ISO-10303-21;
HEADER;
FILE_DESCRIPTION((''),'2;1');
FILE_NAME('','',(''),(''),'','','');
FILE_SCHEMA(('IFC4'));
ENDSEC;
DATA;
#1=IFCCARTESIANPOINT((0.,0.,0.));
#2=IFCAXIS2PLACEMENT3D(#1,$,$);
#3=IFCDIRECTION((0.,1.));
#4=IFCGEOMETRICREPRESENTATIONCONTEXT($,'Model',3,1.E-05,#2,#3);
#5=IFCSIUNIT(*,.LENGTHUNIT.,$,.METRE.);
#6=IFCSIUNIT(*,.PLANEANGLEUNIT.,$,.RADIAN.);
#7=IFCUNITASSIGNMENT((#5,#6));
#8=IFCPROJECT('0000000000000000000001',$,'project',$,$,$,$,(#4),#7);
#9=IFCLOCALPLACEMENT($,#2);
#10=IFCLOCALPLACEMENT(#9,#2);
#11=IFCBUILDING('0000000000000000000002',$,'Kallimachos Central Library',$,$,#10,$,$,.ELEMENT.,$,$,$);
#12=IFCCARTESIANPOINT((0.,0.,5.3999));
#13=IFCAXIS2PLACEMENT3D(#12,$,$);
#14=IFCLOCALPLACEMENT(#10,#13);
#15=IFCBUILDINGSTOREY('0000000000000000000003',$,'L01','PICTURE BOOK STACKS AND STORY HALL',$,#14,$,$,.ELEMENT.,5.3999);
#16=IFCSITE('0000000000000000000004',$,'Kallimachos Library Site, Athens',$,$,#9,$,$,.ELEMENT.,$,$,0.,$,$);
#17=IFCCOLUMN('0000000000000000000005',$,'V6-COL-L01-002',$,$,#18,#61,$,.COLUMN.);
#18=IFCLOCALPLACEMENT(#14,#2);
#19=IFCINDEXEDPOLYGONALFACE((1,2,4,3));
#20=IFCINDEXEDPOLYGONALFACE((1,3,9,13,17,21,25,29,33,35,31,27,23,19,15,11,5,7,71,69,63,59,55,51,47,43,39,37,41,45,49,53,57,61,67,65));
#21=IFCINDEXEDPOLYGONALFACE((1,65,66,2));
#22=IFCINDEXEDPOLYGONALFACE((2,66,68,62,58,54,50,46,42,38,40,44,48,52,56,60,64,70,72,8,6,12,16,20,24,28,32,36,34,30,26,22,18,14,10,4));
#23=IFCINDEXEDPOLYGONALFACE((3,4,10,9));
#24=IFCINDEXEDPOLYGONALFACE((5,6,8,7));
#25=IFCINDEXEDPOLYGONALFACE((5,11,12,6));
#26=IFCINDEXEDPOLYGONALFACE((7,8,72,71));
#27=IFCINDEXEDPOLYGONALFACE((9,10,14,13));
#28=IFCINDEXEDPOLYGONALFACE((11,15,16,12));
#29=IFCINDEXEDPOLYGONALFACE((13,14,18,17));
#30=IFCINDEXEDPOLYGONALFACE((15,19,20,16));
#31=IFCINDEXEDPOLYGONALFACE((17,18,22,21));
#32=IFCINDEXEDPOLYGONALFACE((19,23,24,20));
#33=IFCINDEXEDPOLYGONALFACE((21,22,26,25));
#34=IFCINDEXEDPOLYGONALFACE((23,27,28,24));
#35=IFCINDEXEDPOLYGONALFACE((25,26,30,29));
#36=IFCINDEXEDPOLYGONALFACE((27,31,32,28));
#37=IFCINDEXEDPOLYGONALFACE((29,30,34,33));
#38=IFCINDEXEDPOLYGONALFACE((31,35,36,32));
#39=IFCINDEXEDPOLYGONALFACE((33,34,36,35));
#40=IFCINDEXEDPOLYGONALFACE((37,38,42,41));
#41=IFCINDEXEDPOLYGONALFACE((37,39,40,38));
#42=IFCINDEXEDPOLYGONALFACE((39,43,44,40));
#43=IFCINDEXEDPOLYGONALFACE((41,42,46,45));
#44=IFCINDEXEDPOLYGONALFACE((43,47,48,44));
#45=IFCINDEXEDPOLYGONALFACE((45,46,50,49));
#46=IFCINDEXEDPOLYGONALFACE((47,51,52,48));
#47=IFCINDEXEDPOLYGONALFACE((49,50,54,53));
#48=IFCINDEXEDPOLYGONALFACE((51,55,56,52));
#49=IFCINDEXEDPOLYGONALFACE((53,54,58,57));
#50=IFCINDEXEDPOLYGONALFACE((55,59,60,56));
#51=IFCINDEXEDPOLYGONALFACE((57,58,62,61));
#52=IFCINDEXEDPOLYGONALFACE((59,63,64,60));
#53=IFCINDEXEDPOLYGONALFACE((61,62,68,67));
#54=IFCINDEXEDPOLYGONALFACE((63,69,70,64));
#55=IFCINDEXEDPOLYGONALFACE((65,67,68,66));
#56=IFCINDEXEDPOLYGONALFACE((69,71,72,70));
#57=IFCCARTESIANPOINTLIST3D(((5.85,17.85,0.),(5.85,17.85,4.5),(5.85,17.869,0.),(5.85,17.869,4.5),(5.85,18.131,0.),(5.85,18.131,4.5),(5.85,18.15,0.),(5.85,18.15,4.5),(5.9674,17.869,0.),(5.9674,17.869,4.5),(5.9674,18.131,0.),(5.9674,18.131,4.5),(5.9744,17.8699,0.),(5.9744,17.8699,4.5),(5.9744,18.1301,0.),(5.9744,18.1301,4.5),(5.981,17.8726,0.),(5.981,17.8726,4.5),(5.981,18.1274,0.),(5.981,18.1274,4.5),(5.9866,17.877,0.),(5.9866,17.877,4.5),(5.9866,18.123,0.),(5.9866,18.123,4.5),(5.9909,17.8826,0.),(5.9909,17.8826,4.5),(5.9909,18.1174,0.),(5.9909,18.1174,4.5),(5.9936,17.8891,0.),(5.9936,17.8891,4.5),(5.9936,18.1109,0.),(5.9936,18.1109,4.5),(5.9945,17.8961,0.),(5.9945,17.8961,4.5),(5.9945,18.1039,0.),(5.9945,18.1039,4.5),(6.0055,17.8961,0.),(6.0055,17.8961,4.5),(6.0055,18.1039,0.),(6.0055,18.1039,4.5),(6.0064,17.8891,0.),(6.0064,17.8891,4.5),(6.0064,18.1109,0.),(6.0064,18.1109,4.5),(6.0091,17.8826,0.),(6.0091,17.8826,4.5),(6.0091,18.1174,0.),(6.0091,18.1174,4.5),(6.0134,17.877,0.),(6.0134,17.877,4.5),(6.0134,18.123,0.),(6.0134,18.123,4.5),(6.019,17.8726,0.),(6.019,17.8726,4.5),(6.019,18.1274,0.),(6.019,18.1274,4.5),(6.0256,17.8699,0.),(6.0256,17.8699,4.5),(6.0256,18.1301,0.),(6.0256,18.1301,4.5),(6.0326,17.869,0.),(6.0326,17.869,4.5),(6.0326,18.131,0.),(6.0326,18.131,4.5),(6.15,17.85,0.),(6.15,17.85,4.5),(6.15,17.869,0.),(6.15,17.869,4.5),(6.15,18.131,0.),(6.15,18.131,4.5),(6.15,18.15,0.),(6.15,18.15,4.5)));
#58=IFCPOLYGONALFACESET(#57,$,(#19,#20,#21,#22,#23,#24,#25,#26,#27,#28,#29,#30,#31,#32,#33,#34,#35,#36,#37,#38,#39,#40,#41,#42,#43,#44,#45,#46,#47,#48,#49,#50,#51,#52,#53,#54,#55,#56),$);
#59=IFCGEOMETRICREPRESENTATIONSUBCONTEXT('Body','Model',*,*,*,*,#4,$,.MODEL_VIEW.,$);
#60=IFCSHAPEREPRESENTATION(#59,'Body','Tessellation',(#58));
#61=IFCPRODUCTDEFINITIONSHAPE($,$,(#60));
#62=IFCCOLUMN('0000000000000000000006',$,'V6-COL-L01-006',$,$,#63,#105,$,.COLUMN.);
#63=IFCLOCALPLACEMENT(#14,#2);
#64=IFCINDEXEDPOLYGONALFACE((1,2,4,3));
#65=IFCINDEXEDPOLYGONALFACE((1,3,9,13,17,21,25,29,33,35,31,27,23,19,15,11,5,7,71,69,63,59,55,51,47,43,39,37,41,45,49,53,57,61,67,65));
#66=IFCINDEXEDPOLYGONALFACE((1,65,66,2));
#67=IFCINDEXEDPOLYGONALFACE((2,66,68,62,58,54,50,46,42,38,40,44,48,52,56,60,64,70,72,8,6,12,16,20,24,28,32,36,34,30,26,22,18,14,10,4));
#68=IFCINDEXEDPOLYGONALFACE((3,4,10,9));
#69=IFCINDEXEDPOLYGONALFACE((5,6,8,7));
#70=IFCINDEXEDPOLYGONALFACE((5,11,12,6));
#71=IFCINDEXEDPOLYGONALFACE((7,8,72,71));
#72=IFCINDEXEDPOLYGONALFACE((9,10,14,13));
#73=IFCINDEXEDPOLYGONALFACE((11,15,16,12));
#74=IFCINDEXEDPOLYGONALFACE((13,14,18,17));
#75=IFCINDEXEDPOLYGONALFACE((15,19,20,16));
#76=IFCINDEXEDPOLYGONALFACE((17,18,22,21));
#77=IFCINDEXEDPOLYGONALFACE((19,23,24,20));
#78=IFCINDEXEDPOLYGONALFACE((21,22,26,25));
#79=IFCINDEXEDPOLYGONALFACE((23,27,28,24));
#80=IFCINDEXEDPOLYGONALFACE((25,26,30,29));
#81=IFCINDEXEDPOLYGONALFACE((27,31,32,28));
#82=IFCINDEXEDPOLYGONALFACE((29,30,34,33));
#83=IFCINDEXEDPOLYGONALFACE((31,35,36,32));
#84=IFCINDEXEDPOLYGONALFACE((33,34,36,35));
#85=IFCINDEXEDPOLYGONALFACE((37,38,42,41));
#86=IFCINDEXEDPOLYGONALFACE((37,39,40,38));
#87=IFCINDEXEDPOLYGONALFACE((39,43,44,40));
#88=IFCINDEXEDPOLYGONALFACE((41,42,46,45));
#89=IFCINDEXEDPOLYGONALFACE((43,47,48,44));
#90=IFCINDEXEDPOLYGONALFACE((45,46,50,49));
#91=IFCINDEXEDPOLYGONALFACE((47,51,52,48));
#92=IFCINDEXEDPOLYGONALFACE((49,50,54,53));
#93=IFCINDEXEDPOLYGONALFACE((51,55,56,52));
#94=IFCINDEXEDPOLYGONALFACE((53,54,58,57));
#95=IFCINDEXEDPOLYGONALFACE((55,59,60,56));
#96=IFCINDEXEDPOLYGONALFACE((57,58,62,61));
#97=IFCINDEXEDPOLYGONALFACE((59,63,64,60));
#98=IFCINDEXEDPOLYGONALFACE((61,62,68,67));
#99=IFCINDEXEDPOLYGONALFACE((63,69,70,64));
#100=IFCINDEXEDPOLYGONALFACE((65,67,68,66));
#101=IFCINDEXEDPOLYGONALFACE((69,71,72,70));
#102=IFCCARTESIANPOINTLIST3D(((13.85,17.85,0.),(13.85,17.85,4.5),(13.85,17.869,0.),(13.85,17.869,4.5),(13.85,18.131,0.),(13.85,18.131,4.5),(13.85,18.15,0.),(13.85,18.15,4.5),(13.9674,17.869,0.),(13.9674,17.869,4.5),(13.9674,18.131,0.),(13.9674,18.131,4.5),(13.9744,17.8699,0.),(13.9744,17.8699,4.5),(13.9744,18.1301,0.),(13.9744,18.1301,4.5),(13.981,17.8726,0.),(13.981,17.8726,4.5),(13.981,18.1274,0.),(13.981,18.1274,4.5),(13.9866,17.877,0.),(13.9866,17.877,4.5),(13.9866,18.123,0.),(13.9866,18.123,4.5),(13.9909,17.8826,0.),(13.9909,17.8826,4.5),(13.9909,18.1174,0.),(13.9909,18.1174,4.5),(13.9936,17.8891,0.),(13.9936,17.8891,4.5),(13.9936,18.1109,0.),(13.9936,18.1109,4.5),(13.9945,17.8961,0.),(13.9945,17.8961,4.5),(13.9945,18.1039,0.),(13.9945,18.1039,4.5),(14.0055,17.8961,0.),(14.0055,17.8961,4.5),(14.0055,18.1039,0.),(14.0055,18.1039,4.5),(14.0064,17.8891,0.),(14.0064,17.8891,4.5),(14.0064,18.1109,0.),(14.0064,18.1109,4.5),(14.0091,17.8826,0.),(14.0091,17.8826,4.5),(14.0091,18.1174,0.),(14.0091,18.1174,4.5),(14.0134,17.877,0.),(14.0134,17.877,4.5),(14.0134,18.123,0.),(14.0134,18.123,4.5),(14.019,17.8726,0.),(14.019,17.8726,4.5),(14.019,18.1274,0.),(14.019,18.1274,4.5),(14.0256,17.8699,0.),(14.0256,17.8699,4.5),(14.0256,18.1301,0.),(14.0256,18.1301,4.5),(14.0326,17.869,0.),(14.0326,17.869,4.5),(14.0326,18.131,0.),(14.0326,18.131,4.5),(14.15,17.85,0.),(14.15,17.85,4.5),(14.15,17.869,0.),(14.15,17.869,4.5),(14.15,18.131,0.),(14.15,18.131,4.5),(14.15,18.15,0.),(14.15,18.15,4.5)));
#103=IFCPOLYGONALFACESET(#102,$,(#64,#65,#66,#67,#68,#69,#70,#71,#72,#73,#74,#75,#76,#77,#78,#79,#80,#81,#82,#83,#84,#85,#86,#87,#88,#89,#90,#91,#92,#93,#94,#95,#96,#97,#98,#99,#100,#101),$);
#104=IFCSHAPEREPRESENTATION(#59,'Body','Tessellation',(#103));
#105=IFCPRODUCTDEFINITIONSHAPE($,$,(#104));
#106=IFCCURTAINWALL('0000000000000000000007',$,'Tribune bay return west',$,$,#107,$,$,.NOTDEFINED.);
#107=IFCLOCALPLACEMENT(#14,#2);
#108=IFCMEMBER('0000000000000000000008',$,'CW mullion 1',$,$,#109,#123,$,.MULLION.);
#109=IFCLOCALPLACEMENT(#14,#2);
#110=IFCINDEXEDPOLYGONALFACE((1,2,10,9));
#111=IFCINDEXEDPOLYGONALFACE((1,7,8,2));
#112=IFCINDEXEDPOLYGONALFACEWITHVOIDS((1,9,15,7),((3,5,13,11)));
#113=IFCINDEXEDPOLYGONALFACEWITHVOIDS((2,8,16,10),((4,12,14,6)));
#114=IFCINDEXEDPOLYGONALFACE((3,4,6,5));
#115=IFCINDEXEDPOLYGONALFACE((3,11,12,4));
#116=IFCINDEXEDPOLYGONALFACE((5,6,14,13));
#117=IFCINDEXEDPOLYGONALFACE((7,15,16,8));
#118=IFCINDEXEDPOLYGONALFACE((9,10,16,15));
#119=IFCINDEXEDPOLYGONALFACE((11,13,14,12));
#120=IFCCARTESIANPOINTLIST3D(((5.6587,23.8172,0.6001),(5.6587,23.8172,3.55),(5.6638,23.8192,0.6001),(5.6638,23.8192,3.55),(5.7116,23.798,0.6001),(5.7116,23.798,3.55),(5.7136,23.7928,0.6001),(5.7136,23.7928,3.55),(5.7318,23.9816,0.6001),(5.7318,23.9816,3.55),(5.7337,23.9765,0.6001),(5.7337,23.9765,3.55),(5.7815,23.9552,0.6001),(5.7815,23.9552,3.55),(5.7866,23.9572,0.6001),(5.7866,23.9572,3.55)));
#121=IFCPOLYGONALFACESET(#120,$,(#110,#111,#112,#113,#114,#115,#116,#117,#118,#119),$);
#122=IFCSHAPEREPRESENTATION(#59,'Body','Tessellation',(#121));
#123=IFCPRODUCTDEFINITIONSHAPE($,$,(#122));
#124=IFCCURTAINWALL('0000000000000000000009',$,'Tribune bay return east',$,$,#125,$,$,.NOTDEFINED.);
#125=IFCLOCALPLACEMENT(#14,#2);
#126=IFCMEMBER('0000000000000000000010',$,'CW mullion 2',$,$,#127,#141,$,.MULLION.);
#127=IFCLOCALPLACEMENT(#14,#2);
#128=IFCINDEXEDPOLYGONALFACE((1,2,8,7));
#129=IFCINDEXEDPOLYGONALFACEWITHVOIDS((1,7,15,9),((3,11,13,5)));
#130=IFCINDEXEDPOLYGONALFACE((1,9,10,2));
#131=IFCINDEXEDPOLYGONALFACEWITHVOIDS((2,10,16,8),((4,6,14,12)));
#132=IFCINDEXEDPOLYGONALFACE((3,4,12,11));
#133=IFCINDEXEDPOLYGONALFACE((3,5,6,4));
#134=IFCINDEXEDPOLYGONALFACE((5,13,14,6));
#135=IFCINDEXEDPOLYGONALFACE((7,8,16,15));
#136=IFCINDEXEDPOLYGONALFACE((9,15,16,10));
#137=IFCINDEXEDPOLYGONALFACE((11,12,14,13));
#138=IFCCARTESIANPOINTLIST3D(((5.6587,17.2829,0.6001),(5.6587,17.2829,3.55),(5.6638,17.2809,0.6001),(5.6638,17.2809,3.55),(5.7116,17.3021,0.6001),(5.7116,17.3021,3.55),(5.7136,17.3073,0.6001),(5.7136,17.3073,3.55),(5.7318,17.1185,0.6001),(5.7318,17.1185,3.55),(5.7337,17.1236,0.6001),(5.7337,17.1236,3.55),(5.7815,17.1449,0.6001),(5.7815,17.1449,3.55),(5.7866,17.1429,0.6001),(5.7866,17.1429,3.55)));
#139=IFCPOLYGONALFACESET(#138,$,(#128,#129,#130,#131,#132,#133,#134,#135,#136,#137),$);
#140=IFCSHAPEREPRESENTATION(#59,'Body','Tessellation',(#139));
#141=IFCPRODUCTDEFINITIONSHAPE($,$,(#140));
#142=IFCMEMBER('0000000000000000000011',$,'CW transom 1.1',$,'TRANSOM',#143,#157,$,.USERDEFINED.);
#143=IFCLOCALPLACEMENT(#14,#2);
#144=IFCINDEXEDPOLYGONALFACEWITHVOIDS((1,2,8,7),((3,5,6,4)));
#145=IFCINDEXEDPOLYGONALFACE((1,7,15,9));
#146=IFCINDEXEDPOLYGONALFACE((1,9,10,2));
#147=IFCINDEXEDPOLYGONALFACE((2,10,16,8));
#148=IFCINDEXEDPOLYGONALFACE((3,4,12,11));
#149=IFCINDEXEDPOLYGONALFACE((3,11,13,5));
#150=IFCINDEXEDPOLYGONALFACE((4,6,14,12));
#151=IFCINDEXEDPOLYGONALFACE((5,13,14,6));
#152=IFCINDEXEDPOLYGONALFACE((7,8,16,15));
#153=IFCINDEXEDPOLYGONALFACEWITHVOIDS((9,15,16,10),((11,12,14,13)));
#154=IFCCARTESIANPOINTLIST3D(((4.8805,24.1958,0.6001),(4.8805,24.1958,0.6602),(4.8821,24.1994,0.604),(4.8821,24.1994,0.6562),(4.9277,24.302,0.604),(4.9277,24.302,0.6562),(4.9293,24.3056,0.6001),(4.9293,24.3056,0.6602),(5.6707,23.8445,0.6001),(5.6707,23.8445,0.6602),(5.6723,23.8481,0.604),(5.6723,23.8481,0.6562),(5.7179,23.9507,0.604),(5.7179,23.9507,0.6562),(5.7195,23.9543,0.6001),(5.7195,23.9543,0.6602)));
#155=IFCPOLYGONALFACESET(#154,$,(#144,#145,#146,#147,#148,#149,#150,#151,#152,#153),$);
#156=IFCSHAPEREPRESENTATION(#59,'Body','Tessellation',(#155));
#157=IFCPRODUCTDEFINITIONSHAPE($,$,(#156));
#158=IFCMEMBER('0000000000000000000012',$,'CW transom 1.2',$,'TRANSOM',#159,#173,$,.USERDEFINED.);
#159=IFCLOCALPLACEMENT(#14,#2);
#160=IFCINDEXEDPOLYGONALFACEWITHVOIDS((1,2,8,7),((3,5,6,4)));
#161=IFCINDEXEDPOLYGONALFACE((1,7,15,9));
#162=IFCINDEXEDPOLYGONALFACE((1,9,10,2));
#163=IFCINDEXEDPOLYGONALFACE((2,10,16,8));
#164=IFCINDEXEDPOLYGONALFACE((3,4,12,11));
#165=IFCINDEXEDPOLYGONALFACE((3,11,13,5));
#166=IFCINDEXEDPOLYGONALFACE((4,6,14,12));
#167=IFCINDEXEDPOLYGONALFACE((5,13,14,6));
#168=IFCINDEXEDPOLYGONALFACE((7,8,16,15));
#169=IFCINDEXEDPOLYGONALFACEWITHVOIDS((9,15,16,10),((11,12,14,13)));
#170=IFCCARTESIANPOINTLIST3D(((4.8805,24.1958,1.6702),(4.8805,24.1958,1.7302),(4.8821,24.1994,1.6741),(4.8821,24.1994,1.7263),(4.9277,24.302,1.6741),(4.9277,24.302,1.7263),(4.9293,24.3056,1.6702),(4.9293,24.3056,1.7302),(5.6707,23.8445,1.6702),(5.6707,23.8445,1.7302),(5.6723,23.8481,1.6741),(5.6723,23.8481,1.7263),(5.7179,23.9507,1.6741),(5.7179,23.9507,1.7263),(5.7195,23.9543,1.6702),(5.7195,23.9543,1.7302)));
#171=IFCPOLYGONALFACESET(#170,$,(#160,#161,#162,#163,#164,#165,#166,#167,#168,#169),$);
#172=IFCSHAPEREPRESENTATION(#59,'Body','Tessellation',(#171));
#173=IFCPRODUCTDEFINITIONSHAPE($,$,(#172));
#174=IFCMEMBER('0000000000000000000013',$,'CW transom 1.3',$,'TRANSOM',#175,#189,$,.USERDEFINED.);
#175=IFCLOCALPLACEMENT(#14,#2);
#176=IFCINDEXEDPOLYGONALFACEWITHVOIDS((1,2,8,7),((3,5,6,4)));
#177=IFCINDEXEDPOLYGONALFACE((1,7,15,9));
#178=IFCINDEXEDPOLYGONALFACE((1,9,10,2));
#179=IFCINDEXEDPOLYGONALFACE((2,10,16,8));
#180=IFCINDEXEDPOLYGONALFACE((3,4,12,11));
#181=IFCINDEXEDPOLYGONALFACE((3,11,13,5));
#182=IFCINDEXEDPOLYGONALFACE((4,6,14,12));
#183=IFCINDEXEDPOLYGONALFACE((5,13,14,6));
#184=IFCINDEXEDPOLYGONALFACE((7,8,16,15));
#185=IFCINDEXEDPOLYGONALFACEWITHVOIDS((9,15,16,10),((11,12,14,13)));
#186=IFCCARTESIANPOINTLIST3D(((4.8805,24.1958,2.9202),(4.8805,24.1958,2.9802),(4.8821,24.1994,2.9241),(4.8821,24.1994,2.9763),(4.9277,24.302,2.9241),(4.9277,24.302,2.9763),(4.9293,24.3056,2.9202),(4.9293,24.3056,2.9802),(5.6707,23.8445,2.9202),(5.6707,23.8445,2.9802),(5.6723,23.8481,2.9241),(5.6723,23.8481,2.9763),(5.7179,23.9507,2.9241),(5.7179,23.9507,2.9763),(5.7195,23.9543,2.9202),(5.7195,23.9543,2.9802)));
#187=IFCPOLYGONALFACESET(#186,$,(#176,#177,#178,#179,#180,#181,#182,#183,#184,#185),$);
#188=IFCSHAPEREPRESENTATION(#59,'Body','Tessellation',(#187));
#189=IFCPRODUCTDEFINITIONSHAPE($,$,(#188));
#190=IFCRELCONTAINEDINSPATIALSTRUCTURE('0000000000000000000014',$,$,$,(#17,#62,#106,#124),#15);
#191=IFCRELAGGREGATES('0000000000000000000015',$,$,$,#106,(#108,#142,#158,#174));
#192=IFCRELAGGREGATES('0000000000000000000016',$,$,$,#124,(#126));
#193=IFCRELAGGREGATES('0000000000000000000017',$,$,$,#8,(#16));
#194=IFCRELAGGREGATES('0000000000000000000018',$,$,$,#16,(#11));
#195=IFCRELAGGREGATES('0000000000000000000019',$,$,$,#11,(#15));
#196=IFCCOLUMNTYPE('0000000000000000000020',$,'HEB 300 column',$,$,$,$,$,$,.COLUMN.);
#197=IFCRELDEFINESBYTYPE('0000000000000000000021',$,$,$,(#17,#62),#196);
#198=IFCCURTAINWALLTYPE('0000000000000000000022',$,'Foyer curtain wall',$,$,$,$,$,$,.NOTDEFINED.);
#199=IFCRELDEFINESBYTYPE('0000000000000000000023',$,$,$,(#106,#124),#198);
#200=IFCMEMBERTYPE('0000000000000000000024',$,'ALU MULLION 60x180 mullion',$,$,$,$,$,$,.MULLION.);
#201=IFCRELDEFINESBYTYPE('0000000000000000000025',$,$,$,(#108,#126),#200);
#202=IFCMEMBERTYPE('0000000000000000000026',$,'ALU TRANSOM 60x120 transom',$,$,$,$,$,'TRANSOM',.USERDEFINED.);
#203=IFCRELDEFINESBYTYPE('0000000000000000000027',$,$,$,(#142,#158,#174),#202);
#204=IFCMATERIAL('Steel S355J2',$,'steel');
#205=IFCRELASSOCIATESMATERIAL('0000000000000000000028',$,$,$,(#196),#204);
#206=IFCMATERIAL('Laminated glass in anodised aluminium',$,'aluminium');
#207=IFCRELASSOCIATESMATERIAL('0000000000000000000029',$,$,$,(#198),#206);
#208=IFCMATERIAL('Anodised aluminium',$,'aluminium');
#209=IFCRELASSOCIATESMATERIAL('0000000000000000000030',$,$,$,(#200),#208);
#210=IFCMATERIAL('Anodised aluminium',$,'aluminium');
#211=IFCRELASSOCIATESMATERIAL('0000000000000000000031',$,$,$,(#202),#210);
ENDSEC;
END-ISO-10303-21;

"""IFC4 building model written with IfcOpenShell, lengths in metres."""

from ifc_helpers import new_model, si_unit, direction, frame, origin, origin_2d, place, context, subcontext, project, spatial, hollow_rectangle, i_section, extrude, material, material_profile, profile_set, type_object, element, aggregate, save


model = new_model("IFC4")

# Units and contexts
model_context = context("Model", 3, precision=1e-05, world=origin(), true_north=direction((0.0, 1.0)))
body_context = subcontext(model_context, "Body", "Model", "MODEL_VIEW")
ifc_project = project(units=[si_unit("LENGTHUNIT", "METRE"), si_unit("PLANEANGLEUNIT", "RADIAN")], contexts=[model_context])

# Site, building, storey
site_placement = place(None, origin())
site = spatial("IfcSite", under=ifc_project, at=site_placement, Name="Kallimachos Library Site, Athens", CompositionType="ELEMENT", RefElevation=0.0)
building_placement = place(site_placement, origin())
building = spatial("IfcBuilding", under=site, at=building_placement, Name="Kallimachos Central Library", CompositionType="ELEMENT")
storey_placement = place(building_placement, frame((0.0, 0.0, 5.3999)))
storey = spatial("IfcBuildingStorey", under=building, at=storey_placement, Name="L01", Description="PICTURE BOOK STACKS AND STORY HALL", CompositionType="ELEMENT", Elevation=5.3999)

# Columns
ifc_material_1 = material(Name="Steel S355J2", Category="steel")
ifc_material_profile_1 = material_profile(ifc_material_1, i_section(OverallWidth=0.3, OverallDepth=0.3, WebThickness=0.011, FlangeThickness=0.019, FilletRadius=0.0271, at=origin_2d()), Name="HEB 300")
ifc_profile_set_1 = profile_set([ifc_material_profile_1], Name="Steel S355J2")
column_type = type_object("IfcColumnType", Name="HEB 300 column", PredefinedType="COLUMN", material=ifc_profile_set_1)
for number, where, z_axis, x_axis, name in (
    (1, (6.0, 18.0, 0.0), (0.0, 0.0, 1.0), (1.0, 0.0, 0.0), "V6-COL-L01-002"),
    (2, (14.0, 18.0, 0.0), (0.0, 0.0, 1.0), (1.0, 0.0, 0.0), "V6-COL-L01-006"),
):
    element("IfcColumn", number, at=place(storey_placement, frame(where, z_axis=z_axis, x_axis=x_axis)), inside=storey, type_object=column_type, Name=name, PredefinedType="COLUMN", context=body_context, shape_type="SweptSolid", body=[
        extrude(i_section(OverallWidth=0.3, OverallDepth=0.3, WebThickness=0.011, FlangeThickness=0.019, FilletRadius=0.0271, at=origin_2d()), origin(), (0.0, 0.0, 1.0), 4.5),
    ])

# Curtain walls, members
ifc_material_2 = material(Name="Laminated glass in anodised aluminium", Category="aluminium")
curtain_wall_type = type_object("IfcCurtainWallType", Name="Foyer curtain wall", PredefinedType="NOTDEFINED", material=ifc_material_2)
curtain_wall_1_placement = place(storey_placement, origin())
curtain_wall_1 = element("IfcCurtainWall", 3, at=curtain_wall_1_placement, inside=storey, type_object=curtain_wall_type, Name="Tribune bay return west", PredefinedType="NOTDEFINED")
ifc_material_3 = material(Name="Anodised aluminium", Category="aluminium")
ifc_material_profile_2 = material_profile(ifc_material_3, hollow_rectangle(XDim=0.0601, YDim=0.1799, WallThickness=0.0039, at=origin_2d()), Name="ALU MULLION 60x180")
ifc_profile_set_2 = profile_set([ifc_material_profile_2], Name="Anodised aluminium")
member_type_1 = type_object("IfcMemberType", Name="ALU MULLION 60x180 mullion", PredefinedType="MULLION", material=ifc_profile_set_2)
member_1_placement = place(storey_placement, frame((5.7227, 23.8872, 0.6001), z_axis=(0.0, 0.0, 1.0), x_axis=(-0.913812, 0.406138, 0.0)))
member_1 = element("IfcMember", 4, at=member_1_placement, type_object=member_type_1, Name="CW mullion 1", PredefinedType="MULLION", context=body_context, shape_type="SweptSolid", body=[
    extrude(hollow_rectangle(XDim=0.0601, YDim=0.1799, WallThickness=0.0039, at=origin_2d()), origin(), (0.0, 0.0, 1.0), 2.95),
])
curtain_wall_2_placement = place(storey_placement, origin())
curtain_wall_2 = element("IfcCurtainWall", 5, at=curtain_wall_2_placement, inside=storey, type_object=curtain_wall_type, Name="Tribune bay return east", PredefinedType="NOTDEFINED")
member_2_placement = place(storey_placement, frame((5.7227, 17.2129, 0.6001), z_axis=(0.0, 0.0, 1.0), x_axis=(0.913812, 0.406138, 0.0)))
member_2 = element("IfcMember", 6, at=member_2_placement, type_object=member_type_1, Name="CW mullion 2", PredefinedType="MULLION", context=body_context, shape_type="SweptSolid", body=[
    extrude(hollow_rectangle(XDim=0.0601, YDim=0.1799, WallThickness=0.0039, at=origin_2d()), origin(), (0.0, 0.0, 1.0), 2.95),
])

# Members
ifc_material_4 = material(Name="Anodised aluminium", Category="aluminium")
ifc_material_profile_3 = material_profile(ifc_material_4, hollow_rectangle(XDim=0.0601, YDim=0.1201, WallThickness=0.0039, at=origin_2d()), Name="ALU TRANSOM 60x120")
ifc_profile_set_3 = profile_set([ifc_material_profile_3], Name="Anodised aluminium")
member_type_2 = type_object("IfcMemberType", Name="ALU TRANSOM 60x120 transom", ElementType="TRANSOM", PredefinedType="USERDEFINED", material=ifc_profile_set_3)
member_3_placement = place(storey_placement, frame((5.6951, 23.8994, 0.6301), z_axis=(-0.913777, 0.406217, 0.0), x_axis=(0.0, 0.0, 1.0)))
member_3 = element("IfcMember", 7, at=member_3_placement, type_object=member_type_2, Name="CW transom 1.1", ObjectType="TRANSOM", PredefinedType="USERDEFINED", context=body_context, shape_type="SweptSolid", body=[
    extrude(hollow_rectangle(XDim=0.0601, YDim=0.1201, WallThickness=0.0039, at=origin_2d()), origin(), (0.0, 0.0, 1.0), 0.8647),
])
member_4_placement = place(storey_placement, frame((5.6951, 23.8994, 1.7002), z_axis=(-0.913777, 0.406217, 0.0), x_axis=(0.0, 0.0, 1.0)))
member_4 = element("IfcMember", 8, at=member_4_placement, type_object=member_type_2, Name="CW transom 1.2", ObjectType="TRANSOM", PredefinedType="USERDEFINED", context=body_context, shape_type="SweptSolid", body=[
    extrude(hollow_rectangle(XDim=0.0601, YDim=0.1201, WallThickness=0.0039, at=origin_2d()), origin(), (0.0, 0.0, 1.0), 0.8647),
])
member_5_placement = place(storey_placement, frame((5.6951, 23.8994, 2.9502), z_axis=(-0.913777, 0.406217, 0.0), x_axis=(0.0, 0.0, 1.0)))
member_5 = element("IfcMember", 9, at=member_5_placement, type_object=member_type_2, Name="CW transom 1.3", ObjectType="TRANSOM", PredefinedType="USERDEFINED", context=body_context, shape_type="SweptSolid", body=[
    extrude(hollow_rectangle(XDim=0.0601, YDim=0.1201, WallThickness=0.0039, at=origin_2d()), origin(), (0.0, 0.0, 1.0), 0.8647),
])

aggregate(curtain_wall_1, [member_1, member_3, member_4, member_5])
aggregate(curtain_wall_2, [member_2])

save(model, "model.ifc")
